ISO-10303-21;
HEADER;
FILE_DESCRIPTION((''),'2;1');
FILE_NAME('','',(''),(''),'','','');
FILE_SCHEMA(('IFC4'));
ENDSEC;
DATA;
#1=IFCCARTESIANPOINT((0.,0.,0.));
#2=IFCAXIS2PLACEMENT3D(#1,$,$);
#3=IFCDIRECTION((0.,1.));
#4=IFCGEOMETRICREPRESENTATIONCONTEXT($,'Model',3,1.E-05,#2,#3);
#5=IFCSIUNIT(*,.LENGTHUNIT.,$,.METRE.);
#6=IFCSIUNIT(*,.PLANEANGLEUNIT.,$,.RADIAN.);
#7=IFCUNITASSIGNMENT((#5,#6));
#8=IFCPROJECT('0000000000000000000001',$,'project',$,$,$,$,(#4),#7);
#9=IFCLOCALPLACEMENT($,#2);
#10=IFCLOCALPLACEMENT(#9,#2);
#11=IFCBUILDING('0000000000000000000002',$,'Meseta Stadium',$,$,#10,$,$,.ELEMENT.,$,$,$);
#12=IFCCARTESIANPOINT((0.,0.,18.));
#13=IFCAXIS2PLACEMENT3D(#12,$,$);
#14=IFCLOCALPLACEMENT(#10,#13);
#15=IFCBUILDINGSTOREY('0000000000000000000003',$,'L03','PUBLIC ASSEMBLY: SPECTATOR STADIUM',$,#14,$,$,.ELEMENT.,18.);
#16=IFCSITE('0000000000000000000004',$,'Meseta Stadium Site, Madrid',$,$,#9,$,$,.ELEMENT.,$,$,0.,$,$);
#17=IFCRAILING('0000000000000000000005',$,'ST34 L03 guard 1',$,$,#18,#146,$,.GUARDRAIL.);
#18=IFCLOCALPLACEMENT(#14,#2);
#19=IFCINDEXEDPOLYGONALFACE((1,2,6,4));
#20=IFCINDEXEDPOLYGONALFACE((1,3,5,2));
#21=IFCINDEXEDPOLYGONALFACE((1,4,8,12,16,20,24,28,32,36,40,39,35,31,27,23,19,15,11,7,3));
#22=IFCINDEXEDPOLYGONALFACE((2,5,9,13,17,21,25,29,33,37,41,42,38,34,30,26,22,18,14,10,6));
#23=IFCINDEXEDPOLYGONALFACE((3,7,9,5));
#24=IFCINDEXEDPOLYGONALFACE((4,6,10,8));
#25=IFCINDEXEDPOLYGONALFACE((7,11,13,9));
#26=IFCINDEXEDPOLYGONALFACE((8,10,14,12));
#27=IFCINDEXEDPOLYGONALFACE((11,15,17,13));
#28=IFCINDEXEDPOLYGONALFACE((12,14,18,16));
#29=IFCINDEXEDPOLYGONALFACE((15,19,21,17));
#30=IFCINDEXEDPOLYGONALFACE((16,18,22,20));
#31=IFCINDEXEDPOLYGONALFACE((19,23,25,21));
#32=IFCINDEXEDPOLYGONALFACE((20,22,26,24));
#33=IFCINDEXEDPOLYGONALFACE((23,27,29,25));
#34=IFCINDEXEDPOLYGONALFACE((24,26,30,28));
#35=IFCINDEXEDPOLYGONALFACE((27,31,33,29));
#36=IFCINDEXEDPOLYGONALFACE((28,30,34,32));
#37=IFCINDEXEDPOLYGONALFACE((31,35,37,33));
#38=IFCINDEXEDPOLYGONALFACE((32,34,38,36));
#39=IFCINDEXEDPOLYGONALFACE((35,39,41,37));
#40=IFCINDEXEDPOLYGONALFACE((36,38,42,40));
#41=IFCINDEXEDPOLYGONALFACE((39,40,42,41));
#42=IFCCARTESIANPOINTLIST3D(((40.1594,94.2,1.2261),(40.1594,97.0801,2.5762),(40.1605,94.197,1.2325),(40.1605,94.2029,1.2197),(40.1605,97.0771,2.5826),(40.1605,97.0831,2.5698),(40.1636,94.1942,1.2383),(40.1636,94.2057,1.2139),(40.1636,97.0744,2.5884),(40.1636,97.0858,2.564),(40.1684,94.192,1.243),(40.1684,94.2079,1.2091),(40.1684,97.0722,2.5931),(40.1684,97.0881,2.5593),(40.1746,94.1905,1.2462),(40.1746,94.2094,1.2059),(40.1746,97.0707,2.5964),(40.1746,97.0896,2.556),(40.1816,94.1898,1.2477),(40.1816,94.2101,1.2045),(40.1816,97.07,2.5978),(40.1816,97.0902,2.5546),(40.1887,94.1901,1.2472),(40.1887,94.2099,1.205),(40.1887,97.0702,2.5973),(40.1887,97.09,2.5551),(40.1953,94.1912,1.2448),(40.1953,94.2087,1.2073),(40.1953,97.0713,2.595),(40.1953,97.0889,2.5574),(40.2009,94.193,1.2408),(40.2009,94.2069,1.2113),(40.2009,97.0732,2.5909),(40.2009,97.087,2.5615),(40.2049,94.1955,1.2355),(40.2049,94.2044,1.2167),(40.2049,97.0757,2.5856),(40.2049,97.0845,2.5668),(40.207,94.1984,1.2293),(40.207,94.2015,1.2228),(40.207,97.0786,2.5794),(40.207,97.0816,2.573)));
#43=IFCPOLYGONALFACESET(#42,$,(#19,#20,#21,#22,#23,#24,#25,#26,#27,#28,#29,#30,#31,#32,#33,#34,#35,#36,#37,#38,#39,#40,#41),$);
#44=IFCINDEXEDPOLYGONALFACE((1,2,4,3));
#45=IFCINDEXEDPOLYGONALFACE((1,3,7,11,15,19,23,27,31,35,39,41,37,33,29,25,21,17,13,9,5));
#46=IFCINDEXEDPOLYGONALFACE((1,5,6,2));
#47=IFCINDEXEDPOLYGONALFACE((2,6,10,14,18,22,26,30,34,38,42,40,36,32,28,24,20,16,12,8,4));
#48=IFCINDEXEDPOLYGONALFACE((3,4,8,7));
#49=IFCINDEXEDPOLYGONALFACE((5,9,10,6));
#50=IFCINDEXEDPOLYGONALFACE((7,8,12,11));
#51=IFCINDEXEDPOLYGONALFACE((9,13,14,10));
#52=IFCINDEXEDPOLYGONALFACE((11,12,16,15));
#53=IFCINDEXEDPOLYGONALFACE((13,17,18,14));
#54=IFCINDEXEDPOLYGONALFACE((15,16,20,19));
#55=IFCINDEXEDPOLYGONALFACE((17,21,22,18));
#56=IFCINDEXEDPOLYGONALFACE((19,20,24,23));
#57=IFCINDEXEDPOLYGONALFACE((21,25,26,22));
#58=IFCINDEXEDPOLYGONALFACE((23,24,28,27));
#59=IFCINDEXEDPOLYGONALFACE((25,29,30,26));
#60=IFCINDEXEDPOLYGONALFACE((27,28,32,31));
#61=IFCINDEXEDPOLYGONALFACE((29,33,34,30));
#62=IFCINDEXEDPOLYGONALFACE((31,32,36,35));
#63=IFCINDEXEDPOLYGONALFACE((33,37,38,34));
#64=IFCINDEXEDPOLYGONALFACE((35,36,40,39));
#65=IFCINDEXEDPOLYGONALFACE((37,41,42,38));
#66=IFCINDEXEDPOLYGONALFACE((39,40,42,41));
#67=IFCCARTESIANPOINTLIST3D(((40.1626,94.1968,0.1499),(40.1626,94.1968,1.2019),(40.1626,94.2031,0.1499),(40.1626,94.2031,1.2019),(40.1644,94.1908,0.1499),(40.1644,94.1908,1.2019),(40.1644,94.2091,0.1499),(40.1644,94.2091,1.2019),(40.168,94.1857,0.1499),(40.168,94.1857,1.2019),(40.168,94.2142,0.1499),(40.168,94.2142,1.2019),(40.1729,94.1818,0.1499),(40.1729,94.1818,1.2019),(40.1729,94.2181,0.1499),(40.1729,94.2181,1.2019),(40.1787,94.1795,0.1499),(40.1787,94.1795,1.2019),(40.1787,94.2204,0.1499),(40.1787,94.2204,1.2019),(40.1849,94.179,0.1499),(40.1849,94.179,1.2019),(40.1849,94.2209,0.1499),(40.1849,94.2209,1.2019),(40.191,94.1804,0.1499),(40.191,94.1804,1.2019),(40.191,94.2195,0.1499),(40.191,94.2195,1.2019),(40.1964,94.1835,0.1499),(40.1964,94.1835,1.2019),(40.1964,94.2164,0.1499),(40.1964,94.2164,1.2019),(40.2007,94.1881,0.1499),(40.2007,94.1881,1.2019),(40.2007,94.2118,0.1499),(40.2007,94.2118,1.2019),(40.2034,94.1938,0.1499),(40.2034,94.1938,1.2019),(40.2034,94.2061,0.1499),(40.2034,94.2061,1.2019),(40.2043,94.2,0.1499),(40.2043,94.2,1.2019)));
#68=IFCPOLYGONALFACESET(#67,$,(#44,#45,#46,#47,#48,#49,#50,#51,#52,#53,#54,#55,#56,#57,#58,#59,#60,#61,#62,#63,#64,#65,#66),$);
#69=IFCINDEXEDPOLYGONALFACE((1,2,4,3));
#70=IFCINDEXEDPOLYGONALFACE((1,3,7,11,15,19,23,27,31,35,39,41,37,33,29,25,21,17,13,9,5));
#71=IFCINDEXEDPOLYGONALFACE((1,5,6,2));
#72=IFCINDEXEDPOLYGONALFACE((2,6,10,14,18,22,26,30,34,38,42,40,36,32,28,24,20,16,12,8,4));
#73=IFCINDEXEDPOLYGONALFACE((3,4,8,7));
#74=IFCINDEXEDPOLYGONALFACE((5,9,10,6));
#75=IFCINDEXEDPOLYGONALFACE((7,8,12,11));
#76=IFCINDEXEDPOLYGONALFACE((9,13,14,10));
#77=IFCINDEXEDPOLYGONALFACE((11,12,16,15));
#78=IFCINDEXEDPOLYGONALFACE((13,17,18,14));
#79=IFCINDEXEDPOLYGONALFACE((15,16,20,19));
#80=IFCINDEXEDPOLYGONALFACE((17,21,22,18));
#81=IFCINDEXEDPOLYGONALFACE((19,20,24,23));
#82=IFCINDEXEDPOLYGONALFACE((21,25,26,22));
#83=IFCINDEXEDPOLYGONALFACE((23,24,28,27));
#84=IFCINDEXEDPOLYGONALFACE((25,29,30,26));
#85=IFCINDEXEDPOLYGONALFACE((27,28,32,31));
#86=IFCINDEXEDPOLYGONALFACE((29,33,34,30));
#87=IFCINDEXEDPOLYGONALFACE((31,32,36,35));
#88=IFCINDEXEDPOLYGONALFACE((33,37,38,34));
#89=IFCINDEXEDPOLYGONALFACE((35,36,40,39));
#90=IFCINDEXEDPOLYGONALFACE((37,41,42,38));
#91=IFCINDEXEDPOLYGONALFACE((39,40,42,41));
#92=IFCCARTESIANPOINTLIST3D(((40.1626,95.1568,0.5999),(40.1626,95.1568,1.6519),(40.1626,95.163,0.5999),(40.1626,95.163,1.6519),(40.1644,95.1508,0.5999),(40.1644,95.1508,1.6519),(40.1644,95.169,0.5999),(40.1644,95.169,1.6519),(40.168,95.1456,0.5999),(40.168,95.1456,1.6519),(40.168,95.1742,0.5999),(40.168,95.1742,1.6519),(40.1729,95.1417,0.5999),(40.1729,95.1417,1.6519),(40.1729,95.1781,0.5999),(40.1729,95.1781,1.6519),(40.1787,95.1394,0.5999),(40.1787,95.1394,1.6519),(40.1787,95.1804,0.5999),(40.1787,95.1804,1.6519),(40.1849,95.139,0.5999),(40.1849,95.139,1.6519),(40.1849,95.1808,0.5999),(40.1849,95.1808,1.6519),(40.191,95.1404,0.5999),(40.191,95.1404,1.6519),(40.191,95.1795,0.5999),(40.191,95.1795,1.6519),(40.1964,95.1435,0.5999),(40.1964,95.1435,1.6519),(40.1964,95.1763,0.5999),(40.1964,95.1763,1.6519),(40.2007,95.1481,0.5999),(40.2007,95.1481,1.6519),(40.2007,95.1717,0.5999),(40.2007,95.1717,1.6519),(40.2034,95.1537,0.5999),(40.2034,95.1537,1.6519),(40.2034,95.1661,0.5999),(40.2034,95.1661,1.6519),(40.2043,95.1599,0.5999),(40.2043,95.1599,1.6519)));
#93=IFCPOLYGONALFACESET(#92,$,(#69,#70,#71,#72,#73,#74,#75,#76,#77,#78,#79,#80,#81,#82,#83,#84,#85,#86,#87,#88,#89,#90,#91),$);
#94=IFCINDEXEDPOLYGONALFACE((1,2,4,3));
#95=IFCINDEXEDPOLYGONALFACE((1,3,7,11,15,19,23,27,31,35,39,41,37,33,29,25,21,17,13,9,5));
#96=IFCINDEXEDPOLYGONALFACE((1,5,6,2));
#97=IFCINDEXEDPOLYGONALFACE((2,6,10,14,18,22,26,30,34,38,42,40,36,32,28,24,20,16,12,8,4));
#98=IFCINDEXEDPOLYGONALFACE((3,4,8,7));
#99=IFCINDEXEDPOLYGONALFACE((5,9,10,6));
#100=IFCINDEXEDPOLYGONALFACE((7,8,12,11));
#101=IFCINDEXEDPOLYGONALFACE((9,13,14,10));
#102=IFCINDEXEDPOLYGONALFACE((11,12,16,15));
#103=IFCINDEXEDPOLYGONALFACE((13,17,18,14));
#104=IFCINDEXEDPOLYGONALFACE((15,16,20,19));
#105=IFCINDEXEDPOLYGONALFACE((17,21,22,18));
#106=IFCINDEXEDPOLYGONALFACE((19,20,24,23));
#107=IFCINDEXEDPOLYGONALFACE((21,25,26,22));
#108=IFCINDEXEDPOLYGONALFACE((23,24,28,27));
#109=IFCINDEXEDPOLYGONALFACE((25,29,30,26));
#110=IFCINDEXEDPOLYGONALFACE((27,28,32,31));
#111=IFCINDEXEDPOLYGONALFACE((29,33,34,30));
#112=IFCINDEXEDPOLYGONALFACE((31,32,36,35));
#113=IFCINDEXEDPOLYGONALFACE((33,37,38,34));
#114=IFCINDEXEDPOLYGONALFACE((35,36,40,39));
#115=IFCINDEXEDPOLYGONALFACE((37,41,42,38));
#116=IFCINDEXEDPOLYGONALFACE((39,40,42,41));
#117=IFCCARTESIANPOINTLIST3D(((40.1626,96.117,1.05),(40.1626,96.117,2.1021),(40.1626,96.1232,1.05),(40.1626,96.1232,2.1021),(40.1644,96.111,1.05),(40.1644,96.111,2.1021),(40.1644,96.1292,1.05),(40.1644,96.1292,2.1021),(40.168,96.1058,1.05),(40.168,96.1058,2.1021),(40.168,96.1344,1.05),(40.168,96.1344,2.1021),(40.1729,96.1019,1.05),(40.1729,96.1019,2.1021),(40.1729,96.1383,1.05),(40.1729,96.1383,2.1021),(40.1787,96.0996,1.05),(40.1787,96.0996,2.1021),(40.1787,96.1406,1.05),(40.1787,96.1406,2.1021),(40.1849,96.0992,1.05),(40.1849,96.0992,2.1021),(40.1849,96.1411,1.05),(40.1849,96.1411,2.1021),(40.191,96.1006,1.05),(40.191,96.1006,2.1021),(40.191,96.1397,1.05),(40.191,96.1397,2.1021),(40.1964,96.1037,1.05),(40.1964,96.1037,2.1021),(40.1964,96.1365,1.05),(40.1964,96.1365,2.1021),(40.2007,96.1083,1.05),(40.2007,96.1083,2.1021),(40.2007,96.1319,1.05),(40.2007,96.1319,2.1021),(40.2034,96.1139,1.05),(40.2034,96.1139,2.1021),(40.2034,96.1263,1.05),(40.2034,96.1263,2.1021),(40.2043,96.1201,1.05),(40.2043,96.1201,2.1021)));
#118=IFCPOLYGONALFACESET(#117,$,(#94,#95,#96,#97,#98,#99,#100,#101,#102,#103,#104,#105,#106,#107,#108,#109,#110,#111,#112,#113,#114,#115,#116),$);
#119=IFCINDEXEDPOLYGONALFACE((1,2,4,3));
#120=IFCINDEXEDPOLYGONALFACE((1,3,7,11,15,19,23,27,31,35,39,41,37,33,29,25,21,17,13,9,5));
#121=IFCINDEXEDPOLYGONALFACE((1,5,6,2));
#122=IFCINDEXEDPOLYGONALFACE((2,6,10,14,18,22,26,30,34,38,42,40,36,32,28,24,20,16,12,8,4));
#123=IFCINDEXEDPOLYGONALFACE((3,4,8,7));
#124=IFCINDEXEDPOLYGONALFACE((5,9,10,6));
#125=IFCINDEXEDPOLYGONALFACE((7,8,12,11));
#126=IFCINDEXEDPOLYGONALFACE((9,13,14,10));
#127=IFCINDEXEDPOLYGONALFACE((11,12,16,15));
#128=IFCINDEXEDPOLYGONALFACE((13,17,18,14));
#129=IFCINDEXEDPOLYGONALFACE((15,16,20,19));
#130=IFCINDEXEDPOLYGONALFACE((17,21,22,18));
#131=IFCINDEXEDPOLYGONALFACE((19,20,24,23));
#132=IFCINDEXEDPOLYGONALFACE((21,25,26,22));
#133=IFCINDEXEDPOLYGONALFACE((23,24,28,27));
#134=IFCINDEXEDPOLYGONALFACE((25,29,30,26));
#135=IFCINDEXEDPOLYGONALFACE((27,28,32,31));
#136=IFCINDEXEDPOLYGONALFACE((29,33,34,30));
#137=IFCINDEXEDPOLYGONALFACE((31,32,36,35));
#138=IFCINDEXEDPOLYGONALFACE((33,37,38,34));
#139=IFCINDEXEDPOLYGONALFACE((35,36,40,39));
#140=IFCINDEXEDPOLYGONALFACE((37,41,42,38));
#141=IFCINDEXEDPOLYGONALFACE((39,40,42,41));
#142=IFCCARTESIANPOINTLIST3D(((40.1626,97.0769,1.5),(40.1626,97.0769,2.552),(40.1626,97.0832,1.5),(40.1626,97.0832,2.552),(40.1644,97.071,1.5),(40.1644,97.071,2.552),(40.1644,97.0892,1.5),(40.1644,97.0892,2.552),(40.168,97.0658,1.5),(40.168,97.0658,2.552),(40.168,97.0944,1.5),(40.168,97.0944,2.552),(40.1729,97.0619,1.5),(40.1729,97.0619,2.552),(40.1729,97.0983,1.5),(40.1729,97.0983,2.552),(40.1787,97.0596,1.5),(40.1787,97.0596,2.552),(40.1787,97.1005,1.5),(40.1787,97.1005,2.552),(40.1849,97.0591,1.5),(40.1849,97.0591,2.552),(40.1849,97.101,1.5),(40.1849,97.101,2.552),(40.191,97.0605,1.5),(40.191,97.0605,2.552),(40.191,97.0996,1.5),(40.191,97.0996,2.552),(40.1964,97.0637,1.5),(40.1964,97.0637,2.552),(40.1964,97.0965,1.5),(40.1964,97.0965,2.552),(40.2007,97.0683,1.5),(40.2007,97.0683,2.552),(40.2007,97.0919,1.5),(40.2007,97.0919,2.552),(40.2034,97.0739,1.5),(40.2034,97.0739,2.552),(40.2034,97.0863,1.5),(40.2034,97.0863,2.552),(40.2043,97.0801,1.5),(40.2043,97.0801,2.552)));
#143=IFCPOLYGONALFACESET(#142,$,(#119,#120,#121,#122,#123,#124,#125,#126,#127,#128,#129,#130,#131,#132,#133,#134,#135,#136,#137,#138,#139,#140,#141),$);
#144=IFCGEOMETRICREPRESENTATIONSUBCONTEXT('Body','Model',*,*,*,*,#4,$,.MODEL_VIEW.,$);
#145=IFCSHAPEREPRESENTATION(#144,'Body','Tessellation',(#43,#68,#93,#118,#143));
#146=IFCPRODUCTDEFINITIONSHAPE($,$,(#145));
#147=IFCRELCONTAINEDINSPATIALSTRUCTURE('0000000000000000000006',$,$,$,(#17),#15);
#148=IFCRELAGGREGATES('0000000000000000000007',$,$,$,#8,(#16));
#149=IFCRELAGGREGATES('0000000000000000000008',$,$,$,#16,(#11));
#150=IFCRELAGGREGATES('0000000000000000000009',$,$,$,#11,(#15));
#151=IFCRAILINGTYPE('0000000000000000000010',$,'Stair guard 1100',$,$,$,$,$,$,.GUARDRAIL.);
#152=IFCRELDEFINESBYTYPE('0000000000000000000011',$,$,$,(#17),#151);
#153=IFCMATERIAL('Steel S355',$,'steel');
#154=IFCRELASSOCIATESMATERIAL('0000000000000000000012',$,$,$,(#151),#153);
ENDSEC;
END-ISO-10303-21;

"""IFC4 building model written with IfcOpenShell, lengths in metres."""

from ifc_helpers import new_model, si_unit, direction, frame, origin, origin_2d, place, context, subcontext, project, spatial, circle, extrude, material, type_object, element, save


model = new_model("IFC4")

# Units and contexts
model_context = context("Model", 3, precision=1e-05, world=origin(), true_north=direction((0.0, 1.0)))
body_context = subcontext(model_context, "Body", "Model", "MODEL_VIEW")
ifc_project = project(units=[si_unit("LENGTHUNIT", "METRE"), si_unit("PLANEANGLEUNIT", "RADIAN")], contexts=[model_context])

# Site, building, storey
site_placement = place(None, origin())
site = spatial("IfcSite", under=ifc_project, at=site_placement, Name="Meseta Stadium Site, Madrid", CompositionType="ELEMENT", RefElevation=0.0)
building_placement = place(site_placement, origin())
building = spatial("IfcBuilding", under=site, at=building_placement, Name="Meseta Stadium", CompositionType="ELEMENT")
storey_placement = place(building_placement, frame((0.0, 0.0, 18.0)))
storey = spatial("IfcBuildingStorey", under=building, at=storey_placement, Name="L03", Description="PUBLIC ASSEMBLY: SPECTATOR STADIUM", CompositionType="ELEMENT", Elevation=18.0)

# Railing
ifc_material_1 = material(Name="Steel S355", Category="steel")
railing_type_1 = type_object("IfcRailingType", Name="Stair guard 1100", PredefinedType="GUARDRAIL", material=ifc_material_1)
for number, where, name in (
    (1, (40.1833, 94.2, 0.1499), "ST34 L03 guard 1"),
):
    element("IfcRailing", number, at=place(storey_placement, frame(where)), inside=storey, type_object=railing_type_1, Name=name, PredefinedType="GUARDRAIL", context=body_context, shape_type="SweptSolid", body=[
        extrude(circle(Radius=0.0239, at=origin_2d()), frame((0.0, 0.0, 1.0762), z_axis=(0.0, 0.905454, 0.424444), x_axis=(-1.0, 0.0, 0.0)), (0.0, 0.0, 1.0), 3.1809),
        extrude(circle(Radius=0.021, at=origin_2d()), origin(), (0.0, 0.0, 1.0), 1.052),
        extrude(circle(Radius=0.021, at=origin_2d()), frame((0.0, 0.96, 0.45)), (0.0, 0.0, 1.0), 1.052),
        extrude(circle(Radius=0.021, at=origin_2d()), frame((0.0, 1.9202, 0.9001)), (0.0, 0.0, 1.0), 1.052),
        extrude(circle(Radius=0.021, at=origin_2d()), frame((0.0, 2.8801, 1.3501)), (0.0, 0.0, 1.0), 1.052),
    ])

save(model, "model.ifc")
